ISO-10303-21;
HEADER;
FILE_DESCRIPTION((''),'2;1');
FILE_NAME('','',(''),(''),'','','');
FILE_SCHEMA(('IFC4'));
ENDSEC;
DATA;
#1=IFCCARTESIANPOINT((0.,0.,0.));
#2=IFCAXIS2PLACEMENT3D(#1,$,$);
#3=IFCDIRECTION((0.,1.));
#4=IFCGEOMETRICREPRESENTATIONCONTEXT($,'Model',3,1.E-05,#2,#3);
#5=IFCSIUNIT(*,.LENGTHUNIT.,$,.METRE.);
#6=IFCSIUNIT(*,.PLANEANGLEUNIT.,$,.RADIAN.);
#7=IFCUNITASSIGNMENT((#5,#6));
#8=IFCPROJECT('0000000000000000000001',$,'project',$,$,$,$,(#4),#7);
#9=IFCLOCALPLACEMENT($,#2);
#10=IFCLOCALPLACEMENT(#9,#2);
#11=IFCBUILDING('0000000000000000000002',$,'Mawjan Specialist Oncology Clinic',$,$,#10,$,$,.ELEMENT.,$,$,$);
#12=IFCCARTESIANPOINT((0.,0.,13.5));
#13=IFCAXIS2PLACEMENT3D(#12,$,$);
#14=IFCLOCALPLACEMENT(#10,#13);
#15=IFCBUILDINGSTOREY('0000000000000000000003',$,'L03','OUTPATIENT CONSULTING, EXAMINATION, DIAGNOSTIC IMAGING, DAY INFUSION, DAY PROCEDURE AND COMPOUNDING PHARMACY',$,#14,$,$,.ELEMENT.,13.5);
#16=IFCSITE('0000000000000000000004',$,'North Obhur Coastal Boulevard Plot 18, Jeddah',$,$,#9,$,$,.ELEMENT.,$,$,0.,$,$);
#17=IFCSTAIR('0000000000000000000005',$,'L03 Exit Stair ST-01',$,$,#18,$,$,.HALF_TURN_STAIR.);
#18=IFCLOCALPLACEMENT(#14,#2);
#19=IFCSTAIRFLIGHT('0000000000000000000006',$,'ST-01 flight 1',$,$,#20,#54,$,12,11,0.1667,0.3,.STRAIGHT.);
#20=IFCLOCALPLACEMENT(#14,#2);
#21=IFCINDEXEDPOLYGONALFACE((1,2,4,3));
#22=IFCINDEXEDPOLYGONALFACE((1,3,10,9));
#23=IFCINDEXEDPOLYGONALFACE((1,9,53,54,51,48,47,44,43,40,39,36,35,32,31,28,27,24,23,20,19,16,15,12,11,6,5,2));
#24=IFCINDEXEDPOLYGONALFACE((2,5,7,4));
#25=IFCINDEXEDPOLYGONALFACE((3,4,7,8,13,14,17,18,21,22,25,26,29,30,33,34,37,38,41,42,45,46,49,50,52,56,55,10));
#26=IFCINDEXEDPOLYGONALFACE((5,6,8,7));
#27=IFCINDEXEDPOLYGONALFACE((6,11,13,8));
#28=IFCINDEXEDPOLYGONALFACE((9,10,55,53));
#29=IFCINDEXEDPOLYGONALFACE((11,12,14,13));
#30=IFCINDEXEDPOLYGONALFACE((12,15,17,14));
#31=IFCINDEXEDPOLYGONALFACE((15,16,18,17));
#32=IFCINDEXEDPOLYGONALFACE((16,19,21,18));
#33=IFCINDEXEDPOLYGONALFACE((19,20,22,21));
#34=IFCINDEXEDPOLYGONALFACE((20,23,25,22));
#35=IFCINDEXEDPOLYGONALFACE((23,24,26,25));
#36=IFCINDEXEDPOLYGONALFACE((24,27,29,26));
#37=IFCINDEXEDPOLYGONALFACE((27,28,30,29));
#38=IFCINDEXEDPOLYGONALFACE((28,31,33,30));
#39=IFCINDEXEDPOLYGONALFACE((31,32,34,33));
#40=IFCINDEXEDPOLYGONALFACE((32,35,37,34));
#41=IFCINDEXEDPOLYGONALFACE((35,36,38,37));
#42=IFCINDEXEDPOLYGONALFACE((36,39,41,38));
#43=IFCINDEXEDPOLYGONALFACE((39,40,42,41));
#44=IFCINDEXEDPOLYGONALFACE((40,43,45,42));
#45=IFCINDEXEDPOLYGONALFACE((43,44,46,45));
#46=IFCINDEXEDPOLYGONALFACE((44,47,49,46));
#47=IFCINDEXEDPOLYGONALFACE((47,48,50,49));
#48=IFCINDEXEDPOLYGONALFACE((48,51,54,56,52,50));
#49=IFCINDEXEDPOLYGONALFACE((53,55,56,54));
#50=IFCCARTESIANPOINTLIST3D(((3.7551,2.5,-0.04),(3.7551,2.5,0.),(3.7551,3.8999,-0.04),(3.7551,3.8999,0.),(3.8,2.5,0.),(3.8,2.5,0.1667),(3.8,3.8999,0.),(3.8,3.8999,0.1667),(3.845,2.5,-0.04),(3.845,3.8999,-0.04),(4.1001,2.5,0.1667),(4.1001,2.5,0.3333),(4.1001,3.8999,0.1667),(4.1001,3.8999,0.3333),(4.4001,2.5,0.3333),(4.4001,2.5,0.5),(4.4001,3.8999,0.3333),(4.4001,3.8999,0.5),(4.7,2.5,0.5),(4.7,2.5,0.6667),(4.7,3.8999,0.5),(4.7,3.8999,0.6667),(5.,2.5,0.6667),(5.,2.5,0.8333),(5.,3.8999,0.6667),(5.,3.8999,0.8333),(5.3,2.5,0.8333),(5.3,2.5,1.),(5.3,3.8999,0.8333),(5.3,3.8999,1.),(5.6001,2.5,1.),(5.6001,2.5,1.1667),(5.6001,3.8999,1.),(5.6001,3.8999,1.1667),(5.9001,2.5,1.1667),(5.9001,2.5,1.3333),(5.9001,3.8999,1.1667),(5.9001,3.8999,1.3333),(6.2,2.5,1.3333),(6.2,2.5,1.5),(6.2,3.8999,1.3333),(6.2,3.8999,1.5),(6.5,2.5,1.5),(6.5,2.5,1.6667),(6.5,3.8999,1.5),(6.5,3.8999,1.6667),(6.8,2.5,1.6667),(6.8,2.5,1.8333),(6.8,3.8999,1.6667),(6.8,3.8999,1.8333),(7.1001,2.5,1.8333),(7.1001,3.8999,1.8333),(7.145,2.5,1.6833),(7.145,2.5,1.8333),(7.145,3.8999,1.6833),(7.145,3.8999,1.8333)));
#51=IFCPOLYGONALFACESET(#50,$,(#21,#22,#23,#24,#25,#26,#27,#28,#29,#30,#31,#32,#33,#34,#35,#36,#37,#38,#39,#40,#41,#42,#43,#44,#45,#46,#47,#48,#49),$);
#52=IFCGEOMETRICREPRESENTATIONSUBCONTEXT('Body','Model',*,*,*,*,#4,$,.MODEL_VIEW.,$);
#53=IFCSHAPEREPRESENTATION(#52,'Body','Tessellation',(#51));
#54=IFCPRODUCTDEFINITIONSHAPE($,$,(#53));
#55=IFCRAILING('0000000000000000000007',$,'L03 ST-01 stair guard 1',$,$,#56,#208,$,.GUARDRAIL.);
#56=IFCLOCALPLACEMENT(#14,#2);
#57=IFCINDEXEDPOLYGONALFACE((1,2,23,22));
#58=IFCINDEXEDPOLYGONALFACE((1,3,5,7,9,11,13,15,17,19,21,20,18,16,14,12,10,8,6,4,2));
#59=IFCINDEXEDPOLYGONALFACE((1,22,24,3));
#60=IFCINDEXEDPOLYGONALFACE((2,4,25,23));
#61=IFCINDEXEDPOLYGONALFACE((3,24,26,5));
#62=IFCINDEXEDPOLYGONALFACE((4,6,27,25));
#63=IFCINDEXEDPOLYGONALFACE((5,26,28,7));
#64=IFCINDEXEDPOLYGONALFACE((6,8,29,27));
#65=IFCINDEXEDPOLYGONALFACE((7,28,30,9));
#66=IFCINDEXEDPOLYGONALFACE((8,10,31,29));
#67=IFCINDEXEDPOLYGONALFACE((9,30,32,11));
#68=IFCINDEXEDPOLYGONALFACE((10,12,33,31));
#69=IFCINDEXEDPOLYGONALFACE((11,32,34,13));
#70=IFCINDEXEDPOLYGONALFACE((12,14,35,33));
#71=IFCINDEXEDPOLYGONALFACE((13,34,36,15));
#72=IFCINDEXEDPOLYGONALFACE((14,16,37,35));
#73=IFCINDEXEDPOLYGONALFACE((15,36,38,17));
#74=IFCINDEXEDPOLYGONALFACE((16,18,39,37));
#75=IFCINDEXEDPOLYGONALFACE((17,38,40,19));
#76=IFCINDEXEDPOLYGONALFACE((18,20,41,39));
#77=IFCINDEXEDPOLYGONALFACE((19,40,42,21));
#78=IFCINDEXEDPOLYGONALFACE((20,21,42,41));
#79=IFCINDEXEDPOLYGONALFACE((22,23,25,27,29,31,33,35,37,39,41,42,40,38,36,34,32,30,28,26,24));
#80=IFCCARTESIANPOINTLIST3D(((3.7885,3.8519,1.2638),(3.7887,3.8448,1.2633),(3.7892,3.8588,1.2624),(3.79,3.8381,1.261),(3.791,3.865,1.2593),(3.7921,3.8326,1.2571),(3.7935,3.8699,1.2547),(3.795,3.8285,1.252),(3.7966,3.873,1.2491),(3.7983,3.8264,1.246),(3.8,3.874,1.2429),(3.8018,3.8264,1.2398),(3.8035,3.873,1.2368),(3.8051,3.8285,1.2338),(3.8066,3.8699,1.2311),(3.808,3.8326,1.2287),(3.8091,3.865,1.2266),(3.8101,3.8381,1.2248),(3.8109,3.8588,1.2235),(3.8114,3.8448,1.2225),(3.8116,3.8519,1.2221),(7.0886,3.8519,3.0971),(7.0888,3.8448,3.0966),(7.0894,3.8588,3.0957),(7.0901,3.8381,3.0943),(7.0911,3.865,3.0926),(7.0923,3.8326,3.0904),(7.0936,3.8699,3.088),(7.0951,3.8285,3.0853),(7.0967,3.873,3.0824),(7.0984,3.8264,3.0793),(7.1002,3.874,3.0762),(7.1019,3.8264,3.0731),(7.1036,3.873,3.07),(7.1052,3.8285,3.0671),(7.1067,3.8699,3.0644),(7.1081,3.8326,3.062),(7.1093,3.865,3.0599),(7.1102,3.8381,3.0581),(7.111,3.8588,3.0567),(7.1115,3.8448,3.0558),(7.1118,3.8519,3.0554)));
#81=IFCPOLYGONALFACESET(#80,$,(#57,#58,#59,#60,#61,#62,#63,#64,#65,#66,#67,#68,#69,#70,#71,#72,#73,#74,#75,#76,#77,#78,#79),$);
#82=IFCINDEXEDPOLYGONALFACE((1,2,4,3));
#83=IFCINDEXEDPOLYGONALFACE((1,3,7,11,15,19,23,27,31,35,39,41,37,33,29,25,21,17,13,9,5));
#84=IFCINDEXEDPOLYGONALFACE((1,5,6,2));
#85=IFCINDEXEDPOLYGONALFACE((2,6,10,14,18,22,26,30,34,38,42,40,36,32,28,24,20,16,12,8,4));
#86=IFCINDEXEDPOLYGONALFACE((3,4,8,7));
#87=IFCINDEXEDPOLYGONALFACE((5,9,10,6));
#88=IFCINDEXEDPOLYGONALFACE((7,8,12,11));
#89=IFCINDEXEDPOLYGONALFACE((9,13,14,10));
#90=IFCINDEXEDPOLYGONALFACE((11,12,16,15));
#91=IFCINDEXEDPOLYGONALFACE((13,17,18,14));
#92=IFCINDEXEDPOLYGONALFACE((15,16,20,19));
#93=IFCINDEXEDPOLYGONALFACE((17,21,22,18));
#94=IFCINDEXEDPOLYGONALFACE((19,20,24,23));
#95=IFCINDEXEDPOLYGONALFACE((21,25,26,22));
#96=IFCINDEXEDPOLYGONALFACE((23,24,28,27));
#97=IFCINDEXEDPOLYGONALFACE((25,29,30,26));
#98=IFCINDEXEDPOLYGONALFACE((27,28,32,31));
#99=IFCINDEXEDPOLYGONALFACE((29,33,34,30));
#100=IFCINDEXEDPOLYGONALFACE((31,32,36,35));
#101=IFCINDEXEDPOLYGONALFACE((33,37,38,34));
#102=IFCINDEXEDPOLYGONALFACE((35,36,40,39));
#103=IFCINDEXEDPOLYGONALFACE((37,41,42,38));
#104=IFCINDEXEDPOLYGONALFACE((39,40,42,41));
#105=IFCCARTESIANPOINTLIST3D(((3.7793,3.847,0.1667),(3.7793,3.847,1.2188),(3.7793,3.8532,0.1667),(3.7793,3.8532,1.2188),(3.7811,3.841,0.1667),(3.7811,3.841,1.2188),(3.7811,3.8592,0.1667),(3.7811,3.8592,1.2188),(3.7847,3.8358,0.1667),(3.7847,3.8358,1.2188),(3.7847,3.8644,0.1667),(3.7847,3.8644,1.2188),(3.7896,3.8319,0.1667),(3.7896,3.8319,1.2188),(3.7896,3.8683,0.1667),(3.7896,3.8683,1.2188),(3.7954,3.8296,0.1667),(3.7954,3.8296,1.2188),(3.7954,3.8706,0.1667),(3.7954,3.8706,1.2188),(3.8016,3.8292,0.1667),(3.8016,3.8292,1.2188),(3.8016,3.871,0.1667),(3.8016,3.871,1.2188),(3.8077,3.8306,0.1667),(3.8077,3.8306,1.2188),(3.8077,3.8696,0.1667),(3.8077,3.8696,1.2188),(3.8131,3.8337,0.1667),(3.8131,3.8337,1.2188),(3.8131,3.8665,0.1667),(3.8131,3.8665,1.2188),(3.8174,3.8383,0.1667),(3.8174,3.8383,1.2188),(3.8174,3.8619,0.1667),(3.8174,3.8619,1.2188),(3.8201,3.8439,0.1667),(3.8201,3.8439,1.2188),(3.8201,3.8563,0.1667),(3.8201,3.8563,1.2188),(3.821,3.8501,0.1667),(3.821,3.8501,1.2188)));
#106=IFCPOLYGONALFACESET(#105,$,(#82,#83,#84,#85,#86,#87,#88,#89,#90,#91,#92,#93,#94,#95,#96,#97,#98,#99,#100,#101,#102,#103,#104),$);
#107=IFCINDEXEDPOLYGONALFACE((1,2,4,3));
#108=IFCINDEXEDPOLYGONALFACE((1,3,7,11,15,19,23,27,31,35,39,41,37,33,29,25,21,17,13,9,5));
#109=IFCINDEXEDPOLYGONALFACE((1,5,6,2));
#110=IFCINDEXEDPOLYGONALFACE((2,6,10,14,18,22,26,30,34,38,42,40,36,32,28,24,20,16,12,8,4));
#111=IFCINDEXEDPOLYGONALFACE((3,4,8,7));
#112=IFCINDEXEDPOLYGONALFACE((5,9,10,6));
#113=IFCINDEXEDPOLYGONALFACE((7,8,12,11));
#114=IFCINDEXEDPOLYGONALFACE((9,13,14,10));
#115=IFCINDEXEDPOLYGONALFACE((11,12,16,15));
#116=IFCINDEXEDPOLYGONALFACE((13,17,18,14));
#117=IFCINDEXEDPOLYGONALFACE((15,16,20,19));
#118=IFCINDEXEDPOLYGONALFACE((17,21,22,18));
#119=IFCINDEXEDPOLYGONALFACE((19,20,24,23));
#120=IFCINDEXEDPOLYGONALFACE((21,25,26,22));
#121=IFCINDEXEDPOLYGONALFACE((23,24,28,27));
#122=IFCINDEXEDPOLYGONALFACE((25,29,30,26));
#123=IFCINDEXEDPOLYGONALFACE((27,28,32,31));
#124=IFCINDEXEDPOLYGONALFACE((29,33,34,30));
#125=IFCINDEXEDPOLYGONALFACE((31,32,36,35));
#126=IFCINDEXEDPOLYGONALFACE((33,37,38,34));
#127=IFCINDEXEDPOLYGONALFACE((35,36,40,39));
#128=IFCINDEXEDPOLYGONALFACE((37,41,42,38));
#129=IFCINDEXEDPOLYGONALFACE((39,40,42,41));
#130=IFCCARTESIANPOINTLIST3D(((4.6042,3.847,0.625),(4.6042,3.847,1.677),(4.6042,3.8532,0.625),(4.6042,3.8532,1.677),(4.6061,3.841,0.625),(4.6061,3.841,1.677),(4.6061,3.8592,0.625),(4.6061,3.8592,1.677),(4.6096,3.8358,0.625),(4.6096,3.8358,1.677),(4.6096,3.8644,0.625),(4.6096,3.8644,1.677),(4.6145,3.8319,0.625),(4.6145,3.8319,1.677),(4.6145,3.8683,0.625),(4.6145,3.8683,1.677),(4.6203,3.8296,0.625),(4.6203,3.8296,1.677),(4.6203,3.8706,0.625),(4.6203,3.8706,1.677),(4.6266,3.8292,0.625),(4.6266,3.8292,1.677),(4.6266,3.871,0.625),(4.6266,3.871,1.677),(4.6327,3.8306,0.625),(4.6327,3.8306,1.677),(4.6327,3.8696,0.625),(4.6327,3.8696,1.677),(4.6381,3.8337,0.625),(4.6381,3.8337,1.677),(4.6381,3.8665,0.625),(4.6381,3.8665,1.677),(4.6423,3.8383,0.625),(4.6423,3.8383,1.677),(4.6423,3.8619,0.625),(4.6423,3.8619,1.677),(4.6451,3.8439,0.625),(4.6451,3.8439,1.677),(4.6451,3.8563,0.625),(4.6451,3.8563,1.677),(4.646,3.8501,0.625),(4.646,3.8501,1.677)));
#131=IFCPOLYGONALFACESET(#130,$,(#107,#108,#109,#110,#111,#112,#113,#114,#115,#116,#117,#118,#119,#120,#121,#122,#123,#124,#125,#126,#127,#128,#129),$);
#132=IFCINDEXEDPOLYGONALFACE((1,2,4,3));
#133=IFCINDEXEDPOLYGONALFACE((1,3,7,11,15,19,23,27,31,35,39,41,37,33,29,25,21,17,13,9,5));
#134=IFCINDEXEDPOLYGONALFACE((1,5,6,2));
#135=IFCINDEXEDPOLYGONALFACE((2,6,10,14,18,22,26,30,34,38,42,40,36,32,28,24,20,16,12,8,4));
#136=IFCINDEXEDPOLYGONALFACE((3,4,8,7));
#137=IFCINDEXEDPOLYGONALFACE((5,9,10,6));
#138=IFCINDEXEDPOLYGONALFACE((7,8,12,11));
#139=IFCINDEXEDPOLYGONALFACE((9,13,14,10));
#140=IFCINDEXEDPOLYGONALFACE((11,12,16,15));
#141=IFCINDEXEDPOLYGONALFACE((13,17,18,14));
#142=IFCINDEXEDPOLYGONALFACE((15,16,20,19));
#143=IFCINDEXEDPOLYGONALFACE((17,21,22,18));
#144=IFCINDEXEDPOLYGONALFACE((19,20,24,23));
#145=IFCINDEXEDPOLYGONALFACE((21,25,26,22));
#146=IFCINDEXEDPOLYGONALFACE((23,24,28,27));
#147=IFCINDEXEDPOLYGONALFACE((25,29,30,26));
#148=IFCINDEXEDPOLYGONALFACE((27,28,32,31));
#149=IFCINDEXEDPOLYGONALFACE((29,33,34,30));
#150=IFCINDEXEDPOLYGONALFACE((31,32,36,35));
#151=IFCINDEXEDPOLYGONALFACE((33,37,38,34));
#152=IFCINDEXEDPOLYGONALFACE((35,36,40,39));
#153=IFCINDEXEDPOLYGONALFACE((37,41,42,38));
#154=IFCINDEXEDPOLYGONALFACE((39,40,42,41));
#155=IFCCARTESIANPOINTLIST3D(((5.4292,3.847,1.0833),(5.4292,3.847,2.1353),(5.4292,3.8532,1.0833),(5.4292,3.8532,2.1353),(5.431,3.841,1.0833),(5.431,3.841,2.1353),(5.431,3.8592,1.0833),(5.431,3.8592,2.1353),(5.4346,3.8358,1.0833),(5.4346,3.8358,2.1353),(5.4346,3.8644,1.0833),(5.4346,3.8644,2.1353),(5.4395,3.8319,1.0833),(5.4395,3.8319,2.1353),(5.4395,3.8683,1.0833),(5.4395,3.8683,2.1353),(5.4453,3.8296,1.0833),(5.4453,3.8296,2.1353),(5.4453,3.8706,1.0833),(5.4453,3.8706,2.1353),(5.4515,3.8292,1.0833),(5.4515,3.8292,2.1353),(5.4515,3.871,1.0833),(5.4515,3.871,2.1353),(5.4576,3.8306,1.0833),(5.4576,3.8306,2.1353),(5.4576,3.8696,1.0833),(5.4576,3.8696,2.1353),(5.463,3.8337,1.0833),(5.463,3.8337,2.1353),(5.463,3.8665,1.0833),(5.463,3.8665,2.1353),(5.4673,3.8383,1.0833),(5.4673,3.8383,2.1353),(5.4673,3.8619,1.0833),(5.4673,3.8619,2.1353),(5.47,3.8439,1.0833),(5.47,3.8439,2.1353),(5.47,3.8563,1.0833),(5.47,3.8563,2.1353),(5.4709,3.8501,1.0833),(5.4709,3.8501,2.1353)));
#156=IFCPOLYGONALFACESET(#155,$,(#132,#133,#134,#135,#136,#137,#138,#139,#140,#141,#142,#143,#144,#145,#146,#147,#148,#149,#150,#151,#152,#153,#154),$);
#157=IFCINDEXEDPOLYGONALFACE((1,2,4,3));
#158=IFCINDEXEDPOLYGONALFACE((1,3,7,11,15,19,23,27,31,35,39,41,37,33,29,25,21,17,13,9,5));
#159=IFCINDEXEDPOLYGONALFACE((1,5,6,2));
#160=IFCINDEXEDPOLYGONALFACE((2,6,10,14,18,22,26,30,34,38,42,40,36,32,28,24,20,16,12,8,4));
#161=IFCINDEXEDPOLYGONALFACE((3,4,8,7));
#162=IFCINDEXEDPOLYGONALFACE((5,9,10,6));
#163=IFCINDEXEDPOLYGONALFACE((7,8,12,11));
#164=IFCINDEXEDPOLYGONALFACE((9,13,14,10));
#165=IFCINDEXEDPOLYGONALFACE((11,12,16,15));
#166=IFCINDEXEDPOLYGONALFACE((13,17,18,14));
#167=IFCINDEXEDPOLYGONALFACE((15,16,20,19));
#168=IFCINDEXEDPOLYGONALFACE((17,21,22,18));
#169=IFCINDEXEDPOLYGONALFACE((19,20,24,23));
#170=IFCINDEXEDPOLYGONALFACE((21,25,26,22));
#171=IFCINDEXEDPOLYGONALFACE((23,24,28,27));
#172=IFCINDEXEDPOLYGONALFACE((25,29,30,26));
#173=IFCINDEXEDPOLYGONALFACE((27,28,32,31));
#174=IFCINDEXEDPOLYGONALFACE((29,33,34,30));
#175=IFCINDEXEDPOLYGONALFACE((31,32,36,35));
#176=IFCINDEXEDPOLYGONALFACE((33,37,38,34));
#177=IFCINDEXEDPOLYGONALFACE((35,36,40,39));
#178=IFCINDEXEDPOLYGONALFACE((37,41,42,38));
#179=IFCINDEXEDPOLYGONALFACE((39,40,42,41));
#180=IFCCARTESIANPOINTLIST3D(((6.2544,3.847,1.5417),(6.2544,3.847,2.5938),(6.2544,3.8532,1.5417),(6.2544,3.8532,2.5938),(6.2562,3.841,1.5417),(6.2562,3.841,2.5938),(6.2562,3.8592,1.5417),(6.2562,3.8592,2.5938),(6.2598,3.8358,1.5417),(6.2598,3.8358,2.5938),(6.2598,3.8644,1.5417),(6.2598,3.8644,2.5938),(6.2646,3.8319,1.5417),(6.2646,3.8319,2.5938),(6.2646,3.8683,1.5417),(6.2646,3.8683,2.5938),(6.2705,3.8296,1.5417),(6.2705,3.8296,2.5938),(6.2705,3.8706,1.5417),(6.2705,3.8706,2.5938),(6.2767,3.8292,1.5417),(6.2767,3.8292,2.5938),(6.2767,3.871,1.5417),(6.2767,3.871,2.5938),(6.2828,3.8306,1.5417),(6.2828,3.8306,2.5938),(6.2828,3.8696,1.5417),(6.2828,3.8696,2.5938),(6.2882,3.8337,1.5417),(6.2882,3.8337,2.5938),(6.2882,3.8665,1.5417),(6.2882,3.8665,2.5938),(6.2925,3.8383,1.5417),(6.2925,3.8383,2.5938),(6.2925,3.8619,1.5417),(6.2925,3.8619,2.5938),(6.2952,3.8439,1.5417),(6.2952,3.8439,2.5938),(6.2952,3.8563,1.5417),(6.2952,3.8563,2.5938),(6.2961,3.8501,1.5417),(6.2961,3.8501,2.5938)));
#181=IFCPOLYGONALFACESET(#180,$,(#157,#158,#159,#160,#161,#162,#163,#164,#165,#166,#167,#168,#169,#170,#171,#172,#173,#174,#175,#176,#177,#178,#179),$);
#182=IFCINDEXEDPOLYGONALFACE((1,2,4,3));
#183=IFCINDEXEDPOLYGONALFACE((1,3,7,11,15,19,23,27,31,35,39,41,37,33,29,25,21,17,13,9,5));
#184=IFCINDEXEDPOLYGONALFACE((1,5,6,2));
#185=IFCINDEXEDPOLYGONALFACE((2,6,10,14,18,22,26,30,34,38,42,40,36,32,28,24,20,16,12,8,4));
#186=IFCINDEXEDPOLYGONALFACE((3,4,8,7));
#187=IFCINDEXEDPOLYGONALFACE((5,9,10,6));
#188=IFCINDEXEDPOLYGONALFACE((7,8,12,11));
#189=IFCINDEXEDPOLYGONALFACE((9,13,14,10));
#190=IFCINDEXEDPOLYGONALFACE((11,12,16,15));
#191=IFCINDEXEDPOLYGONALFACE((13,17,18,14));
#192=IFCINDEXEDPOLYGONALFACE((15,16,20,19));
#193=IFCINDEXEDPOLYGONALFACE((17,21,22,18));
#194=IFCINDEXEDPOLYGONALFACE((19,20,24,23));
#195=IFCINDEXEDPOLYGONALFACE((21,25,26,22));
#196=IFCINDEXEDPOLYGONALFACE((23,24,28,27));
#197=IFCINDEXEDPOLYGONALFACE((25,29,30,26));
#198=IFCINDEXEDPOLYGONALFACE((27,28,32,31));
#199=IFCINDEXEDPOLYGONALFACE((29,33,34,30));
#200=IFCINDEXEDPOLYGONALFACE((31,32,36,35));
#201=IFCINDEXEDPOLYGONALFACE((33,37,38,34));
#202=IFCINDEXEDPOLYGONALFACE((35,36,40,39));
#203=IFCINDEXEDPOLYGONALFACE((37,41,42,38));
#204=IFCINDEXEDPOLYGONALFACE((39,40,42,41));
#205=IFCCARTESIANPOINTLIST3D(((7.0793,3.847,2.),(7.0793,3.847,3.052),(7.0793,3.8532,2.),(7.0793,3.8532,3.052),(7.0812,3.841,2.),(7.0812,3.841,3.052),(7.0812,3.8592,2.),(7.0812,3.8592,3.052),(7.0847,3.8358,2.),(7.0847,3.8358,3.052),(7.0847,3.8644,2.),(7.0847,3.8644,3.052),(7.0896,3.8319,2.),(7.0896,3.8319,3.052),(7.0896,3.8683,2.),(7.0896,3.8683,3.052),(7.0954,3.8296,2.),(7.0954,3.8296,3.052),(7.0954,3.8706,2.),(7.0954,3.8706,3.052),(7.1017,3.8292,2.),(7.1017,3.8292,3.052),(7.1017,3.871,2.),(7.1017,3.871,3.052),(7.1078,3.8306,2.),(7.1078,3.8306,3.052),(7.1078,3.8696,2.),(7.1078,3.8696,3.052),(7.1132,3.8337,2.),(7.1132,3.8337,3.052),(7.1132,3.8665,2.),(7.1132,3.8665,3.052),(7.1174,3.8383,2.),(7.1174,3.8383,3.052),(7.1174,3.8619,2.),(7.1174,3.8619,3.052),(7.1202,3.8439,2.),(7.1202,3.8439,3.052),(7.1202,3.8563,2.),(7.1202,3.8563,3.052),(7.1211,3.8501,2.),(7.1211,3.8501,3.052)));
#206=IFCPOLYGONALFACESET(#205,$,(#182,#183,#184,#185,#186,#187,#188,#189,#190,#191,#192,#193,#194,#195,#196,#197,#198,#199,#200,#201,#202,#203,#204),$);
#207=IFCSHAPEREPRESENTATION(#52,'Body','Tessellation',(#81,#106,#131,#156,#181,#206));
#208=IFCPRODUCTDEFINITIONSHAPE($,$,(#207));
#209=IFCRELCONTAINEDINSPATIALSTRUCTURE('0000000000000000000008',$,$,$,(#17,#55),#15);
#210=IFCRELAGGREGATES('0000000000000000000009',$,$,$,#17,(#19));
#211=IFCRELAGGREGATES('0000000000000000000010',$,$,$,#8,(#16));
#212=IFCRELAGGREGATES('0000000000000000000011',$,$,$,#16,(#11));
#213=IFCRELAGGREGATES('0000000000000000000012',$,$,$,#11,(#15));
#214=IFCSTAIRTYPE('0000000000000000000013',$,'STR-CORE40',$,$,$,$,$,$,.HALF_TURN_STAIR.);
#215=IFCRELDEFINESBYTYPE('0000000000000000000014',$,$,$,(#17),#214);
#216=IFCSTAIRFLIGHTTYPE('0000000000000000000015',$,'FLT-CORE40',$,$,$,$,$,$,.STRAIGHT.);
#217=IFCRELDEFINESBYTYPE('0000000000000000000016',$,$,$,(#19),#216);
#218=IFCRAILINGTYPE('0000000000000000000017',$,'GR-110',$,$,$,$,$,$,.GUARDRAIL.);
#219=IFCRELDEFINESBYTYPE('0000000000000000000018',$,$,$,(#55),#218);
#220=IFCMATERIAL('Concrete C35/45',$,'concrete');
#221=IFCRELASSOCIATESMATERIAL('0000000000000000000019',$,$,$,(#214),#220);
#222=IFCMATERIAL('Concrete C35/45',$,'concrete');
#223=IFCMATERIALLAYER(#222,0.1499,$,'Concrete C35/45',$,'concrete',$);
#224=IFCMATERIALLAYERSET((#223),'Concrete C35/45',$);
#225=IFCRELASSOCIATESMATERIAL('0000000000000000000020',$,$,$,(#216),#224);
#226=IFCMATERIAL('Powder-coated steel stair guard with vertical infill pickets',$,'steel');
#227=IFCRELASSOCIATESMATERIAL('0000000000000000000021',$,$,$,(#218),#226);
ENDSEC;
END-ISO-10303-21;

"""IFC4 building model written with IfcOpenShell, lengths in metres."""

from ifc_helpers import new_model, si_unit, direction, frame, origin, origin_2d, place, context, subcontext, project, spatial, polyline, circle, outline, extrude, material, layer, layer_set, type_object, element, aggregate, save


model = new_model("IFC4")

# Units and contexts
model_context = context("Model", 3, precision=1e-05, world=origin(), true_north=direction((0.0, 1.0)))
body_context = subcontext(model_context, "Body", "Model", "MODEL_VIEW")
ifc_project = project(units=[si_unit("LENGTHUNIT", "METRE"), si_unit("PLANEANGLEUNIT", "RADIAN")], contexts=[model_context])

# Site, building, storey
site_placement = place(None, origin())
site = spatial("IfcSite", under=ifc_project, at=site_placement, Name="North Obhur Coastal Boulevard Plot 18, Jeddah", CompositionType="ELEMENT", RefElevation=0.0)
building_placement = place(site_placement, origin())
building = spatial("IfcBuilding", under=site, at=building_placement, Name="Mawjan Specialist Oncology Clinic", CompositionType="ELEMENT")
storey_placement = place(building_placement, frame((0.0, 0.0, 13.5)))
storey = spatial("IfcBuildingStorey", under=building, at=storey_placement, Name="L03", Description="OUTPATIENT CONSULTING, EXAMINATION, DIAGNOSTIC IMAGING, DAY INFUSION, DAY PROCEDURE AND COMPOUNDING PHARMACY", CompositionType="ELEMENT", Elevation=13.5)

# Stair
ifc_material_1 = material(Name="Concrete C35/45", Category="concrete")
stair_type = type_object("IfcStairType", Name="STR-CORE40", PredefinedType="HALF_TURN_STAIR", material=ifc_material_1)
stair_1_placement = place(storey_placement, origin())
stair_1 = element("IfcStair", 1, at=stair_1_placement, inside=storey, type_object=stair_type, Name="L03 Exit Stair ST-01", PredefinedType="HALF_TURN_STAIR")

# Stair flight
ifc_material_2 = material(Name="Concrete C35/45", Category="concrete")
ifc_layer_1 = layer(ifc_material_2, 0.1499, Name="Concrete C35/45", Category="concrete")
ifc_layer_set_1 = layer_set([ifc_layer_1], Name="Concrete C35/45")
stair_flight_type = type_object("IfcStairFlightType", Name="FLT-CORE40", PredefinedType="STRAIGHT", material=ifc_layer_set_1)
stair_flight_placement = place(storey_placement, frame((3.8, 3.2, 0.0), z_axis=(0.0, 0.0, 1.0), x_axis=(1.0, 0.0, 0.0)))
stair_flight = element("IfcStairFlight", 2, at=stair_flight_placement, type_object=stair_flight_type, Name="ST-01 flight 1", NumberOfRisers=12, NumberOfTreads=11, PredefinedType="STRAIGHT", RiserHeight=0.1667, TreadLength=0.3, context=body_context, shape_type="SweptSolid", body=[
    extrude(outline(polyline([(-0.0449, -0.04), (-0.0449, 0.0), (0.0, 0.0), (0.0, 0.1667), (0.3, 0.1667), (0.3, 0.3333), (0.6001, 0.3333), (0.6001, 0.5), (0.8999, 0.5), (0.8999, 0.6667), (1.2, 0.6667), (1.2, 0.8333), (1.5, 0.8333), (1.5, 1.0), (1.8, 1.0), (1.8, 1.1667), (2.1001, 1.1667), (2.1001, 1.3333), (2.3999, 1.3333), (2.3999, 1.5), (2.7, 1.5), (2.7, 1.6667), (3.0, 1.6667), (3.0, 1.8333), (3.3, 1.8333), (3.345, 1.8333), (3.345, 1.6833), (0.0449, -0.04), (-0.0449, -0.04)])), frame((0.0, 0.7, 0.0), z_axis=(0.0, -1.0, 0.0), x_axis=(1.0, 0.0, 0.0)), (0.0, 0.0, 1.0), 1.3999),
])
aggregate(stair_1, [stair_flight])

# Railing
ifc_material_3 = material(Name="Powder-coated steel stair guard with vertical infill pickets", Category="steel")
railing_type_1 = type_object("IfcRailingType", Name="GR-110", PredefinedType="GUARDRAIL", material=ifc_material_3)
railing_1_placement = place(storey_placement, frame((3.8, 3.8501, 0.1667)))
element("IfcRailing", 3, at=railing_1_placement, inside=storey, type_object=railing_type_1, Name="L03 ST-01 stair guard 1", PredefinedType="GUARDRAIL", context=body_context, shape_type="SweptSolid", body=[
    extrude(circle(Radius=0.0239, at=origin_2d()), frame((0.0, 0.0, 1.0762), z_axis=(0.874169, 0.0, 0.485621), x_axis=(0.0, 1.0, 0.0)), (0.0, 0.0, 1.0), 3.7751),
    extrude(circle(Radius=0.021, at=origin_2d()), origin(), (0.0, 0.0, 1.0), 1.052),
    extrude(circle(Radius=0.021, at=origin_2d()), frame((0.825, 0.0, 0.4583)), (0.0, 0.0, 1.0), 1.052),
    extrude(circle(Radius=0.021, at=origin_2d()), frame((1.6499, 0.0, 0.9165)), (0.0, 0.0, 1.0), 1.052),
    extrude(circle(Radius=0.021, at=origin_2d()), frame((2.4751, 0.0, 1.375)), (0.0, 0.0, 1.0), 1.052),
    extrude(circle(Radius=0.021, at=origin_2d()), frame((3.3, 0.0, 1.8333)), (0.0, 0.0, 1.0), 1.052),
])

save(model, "model.ifc")
